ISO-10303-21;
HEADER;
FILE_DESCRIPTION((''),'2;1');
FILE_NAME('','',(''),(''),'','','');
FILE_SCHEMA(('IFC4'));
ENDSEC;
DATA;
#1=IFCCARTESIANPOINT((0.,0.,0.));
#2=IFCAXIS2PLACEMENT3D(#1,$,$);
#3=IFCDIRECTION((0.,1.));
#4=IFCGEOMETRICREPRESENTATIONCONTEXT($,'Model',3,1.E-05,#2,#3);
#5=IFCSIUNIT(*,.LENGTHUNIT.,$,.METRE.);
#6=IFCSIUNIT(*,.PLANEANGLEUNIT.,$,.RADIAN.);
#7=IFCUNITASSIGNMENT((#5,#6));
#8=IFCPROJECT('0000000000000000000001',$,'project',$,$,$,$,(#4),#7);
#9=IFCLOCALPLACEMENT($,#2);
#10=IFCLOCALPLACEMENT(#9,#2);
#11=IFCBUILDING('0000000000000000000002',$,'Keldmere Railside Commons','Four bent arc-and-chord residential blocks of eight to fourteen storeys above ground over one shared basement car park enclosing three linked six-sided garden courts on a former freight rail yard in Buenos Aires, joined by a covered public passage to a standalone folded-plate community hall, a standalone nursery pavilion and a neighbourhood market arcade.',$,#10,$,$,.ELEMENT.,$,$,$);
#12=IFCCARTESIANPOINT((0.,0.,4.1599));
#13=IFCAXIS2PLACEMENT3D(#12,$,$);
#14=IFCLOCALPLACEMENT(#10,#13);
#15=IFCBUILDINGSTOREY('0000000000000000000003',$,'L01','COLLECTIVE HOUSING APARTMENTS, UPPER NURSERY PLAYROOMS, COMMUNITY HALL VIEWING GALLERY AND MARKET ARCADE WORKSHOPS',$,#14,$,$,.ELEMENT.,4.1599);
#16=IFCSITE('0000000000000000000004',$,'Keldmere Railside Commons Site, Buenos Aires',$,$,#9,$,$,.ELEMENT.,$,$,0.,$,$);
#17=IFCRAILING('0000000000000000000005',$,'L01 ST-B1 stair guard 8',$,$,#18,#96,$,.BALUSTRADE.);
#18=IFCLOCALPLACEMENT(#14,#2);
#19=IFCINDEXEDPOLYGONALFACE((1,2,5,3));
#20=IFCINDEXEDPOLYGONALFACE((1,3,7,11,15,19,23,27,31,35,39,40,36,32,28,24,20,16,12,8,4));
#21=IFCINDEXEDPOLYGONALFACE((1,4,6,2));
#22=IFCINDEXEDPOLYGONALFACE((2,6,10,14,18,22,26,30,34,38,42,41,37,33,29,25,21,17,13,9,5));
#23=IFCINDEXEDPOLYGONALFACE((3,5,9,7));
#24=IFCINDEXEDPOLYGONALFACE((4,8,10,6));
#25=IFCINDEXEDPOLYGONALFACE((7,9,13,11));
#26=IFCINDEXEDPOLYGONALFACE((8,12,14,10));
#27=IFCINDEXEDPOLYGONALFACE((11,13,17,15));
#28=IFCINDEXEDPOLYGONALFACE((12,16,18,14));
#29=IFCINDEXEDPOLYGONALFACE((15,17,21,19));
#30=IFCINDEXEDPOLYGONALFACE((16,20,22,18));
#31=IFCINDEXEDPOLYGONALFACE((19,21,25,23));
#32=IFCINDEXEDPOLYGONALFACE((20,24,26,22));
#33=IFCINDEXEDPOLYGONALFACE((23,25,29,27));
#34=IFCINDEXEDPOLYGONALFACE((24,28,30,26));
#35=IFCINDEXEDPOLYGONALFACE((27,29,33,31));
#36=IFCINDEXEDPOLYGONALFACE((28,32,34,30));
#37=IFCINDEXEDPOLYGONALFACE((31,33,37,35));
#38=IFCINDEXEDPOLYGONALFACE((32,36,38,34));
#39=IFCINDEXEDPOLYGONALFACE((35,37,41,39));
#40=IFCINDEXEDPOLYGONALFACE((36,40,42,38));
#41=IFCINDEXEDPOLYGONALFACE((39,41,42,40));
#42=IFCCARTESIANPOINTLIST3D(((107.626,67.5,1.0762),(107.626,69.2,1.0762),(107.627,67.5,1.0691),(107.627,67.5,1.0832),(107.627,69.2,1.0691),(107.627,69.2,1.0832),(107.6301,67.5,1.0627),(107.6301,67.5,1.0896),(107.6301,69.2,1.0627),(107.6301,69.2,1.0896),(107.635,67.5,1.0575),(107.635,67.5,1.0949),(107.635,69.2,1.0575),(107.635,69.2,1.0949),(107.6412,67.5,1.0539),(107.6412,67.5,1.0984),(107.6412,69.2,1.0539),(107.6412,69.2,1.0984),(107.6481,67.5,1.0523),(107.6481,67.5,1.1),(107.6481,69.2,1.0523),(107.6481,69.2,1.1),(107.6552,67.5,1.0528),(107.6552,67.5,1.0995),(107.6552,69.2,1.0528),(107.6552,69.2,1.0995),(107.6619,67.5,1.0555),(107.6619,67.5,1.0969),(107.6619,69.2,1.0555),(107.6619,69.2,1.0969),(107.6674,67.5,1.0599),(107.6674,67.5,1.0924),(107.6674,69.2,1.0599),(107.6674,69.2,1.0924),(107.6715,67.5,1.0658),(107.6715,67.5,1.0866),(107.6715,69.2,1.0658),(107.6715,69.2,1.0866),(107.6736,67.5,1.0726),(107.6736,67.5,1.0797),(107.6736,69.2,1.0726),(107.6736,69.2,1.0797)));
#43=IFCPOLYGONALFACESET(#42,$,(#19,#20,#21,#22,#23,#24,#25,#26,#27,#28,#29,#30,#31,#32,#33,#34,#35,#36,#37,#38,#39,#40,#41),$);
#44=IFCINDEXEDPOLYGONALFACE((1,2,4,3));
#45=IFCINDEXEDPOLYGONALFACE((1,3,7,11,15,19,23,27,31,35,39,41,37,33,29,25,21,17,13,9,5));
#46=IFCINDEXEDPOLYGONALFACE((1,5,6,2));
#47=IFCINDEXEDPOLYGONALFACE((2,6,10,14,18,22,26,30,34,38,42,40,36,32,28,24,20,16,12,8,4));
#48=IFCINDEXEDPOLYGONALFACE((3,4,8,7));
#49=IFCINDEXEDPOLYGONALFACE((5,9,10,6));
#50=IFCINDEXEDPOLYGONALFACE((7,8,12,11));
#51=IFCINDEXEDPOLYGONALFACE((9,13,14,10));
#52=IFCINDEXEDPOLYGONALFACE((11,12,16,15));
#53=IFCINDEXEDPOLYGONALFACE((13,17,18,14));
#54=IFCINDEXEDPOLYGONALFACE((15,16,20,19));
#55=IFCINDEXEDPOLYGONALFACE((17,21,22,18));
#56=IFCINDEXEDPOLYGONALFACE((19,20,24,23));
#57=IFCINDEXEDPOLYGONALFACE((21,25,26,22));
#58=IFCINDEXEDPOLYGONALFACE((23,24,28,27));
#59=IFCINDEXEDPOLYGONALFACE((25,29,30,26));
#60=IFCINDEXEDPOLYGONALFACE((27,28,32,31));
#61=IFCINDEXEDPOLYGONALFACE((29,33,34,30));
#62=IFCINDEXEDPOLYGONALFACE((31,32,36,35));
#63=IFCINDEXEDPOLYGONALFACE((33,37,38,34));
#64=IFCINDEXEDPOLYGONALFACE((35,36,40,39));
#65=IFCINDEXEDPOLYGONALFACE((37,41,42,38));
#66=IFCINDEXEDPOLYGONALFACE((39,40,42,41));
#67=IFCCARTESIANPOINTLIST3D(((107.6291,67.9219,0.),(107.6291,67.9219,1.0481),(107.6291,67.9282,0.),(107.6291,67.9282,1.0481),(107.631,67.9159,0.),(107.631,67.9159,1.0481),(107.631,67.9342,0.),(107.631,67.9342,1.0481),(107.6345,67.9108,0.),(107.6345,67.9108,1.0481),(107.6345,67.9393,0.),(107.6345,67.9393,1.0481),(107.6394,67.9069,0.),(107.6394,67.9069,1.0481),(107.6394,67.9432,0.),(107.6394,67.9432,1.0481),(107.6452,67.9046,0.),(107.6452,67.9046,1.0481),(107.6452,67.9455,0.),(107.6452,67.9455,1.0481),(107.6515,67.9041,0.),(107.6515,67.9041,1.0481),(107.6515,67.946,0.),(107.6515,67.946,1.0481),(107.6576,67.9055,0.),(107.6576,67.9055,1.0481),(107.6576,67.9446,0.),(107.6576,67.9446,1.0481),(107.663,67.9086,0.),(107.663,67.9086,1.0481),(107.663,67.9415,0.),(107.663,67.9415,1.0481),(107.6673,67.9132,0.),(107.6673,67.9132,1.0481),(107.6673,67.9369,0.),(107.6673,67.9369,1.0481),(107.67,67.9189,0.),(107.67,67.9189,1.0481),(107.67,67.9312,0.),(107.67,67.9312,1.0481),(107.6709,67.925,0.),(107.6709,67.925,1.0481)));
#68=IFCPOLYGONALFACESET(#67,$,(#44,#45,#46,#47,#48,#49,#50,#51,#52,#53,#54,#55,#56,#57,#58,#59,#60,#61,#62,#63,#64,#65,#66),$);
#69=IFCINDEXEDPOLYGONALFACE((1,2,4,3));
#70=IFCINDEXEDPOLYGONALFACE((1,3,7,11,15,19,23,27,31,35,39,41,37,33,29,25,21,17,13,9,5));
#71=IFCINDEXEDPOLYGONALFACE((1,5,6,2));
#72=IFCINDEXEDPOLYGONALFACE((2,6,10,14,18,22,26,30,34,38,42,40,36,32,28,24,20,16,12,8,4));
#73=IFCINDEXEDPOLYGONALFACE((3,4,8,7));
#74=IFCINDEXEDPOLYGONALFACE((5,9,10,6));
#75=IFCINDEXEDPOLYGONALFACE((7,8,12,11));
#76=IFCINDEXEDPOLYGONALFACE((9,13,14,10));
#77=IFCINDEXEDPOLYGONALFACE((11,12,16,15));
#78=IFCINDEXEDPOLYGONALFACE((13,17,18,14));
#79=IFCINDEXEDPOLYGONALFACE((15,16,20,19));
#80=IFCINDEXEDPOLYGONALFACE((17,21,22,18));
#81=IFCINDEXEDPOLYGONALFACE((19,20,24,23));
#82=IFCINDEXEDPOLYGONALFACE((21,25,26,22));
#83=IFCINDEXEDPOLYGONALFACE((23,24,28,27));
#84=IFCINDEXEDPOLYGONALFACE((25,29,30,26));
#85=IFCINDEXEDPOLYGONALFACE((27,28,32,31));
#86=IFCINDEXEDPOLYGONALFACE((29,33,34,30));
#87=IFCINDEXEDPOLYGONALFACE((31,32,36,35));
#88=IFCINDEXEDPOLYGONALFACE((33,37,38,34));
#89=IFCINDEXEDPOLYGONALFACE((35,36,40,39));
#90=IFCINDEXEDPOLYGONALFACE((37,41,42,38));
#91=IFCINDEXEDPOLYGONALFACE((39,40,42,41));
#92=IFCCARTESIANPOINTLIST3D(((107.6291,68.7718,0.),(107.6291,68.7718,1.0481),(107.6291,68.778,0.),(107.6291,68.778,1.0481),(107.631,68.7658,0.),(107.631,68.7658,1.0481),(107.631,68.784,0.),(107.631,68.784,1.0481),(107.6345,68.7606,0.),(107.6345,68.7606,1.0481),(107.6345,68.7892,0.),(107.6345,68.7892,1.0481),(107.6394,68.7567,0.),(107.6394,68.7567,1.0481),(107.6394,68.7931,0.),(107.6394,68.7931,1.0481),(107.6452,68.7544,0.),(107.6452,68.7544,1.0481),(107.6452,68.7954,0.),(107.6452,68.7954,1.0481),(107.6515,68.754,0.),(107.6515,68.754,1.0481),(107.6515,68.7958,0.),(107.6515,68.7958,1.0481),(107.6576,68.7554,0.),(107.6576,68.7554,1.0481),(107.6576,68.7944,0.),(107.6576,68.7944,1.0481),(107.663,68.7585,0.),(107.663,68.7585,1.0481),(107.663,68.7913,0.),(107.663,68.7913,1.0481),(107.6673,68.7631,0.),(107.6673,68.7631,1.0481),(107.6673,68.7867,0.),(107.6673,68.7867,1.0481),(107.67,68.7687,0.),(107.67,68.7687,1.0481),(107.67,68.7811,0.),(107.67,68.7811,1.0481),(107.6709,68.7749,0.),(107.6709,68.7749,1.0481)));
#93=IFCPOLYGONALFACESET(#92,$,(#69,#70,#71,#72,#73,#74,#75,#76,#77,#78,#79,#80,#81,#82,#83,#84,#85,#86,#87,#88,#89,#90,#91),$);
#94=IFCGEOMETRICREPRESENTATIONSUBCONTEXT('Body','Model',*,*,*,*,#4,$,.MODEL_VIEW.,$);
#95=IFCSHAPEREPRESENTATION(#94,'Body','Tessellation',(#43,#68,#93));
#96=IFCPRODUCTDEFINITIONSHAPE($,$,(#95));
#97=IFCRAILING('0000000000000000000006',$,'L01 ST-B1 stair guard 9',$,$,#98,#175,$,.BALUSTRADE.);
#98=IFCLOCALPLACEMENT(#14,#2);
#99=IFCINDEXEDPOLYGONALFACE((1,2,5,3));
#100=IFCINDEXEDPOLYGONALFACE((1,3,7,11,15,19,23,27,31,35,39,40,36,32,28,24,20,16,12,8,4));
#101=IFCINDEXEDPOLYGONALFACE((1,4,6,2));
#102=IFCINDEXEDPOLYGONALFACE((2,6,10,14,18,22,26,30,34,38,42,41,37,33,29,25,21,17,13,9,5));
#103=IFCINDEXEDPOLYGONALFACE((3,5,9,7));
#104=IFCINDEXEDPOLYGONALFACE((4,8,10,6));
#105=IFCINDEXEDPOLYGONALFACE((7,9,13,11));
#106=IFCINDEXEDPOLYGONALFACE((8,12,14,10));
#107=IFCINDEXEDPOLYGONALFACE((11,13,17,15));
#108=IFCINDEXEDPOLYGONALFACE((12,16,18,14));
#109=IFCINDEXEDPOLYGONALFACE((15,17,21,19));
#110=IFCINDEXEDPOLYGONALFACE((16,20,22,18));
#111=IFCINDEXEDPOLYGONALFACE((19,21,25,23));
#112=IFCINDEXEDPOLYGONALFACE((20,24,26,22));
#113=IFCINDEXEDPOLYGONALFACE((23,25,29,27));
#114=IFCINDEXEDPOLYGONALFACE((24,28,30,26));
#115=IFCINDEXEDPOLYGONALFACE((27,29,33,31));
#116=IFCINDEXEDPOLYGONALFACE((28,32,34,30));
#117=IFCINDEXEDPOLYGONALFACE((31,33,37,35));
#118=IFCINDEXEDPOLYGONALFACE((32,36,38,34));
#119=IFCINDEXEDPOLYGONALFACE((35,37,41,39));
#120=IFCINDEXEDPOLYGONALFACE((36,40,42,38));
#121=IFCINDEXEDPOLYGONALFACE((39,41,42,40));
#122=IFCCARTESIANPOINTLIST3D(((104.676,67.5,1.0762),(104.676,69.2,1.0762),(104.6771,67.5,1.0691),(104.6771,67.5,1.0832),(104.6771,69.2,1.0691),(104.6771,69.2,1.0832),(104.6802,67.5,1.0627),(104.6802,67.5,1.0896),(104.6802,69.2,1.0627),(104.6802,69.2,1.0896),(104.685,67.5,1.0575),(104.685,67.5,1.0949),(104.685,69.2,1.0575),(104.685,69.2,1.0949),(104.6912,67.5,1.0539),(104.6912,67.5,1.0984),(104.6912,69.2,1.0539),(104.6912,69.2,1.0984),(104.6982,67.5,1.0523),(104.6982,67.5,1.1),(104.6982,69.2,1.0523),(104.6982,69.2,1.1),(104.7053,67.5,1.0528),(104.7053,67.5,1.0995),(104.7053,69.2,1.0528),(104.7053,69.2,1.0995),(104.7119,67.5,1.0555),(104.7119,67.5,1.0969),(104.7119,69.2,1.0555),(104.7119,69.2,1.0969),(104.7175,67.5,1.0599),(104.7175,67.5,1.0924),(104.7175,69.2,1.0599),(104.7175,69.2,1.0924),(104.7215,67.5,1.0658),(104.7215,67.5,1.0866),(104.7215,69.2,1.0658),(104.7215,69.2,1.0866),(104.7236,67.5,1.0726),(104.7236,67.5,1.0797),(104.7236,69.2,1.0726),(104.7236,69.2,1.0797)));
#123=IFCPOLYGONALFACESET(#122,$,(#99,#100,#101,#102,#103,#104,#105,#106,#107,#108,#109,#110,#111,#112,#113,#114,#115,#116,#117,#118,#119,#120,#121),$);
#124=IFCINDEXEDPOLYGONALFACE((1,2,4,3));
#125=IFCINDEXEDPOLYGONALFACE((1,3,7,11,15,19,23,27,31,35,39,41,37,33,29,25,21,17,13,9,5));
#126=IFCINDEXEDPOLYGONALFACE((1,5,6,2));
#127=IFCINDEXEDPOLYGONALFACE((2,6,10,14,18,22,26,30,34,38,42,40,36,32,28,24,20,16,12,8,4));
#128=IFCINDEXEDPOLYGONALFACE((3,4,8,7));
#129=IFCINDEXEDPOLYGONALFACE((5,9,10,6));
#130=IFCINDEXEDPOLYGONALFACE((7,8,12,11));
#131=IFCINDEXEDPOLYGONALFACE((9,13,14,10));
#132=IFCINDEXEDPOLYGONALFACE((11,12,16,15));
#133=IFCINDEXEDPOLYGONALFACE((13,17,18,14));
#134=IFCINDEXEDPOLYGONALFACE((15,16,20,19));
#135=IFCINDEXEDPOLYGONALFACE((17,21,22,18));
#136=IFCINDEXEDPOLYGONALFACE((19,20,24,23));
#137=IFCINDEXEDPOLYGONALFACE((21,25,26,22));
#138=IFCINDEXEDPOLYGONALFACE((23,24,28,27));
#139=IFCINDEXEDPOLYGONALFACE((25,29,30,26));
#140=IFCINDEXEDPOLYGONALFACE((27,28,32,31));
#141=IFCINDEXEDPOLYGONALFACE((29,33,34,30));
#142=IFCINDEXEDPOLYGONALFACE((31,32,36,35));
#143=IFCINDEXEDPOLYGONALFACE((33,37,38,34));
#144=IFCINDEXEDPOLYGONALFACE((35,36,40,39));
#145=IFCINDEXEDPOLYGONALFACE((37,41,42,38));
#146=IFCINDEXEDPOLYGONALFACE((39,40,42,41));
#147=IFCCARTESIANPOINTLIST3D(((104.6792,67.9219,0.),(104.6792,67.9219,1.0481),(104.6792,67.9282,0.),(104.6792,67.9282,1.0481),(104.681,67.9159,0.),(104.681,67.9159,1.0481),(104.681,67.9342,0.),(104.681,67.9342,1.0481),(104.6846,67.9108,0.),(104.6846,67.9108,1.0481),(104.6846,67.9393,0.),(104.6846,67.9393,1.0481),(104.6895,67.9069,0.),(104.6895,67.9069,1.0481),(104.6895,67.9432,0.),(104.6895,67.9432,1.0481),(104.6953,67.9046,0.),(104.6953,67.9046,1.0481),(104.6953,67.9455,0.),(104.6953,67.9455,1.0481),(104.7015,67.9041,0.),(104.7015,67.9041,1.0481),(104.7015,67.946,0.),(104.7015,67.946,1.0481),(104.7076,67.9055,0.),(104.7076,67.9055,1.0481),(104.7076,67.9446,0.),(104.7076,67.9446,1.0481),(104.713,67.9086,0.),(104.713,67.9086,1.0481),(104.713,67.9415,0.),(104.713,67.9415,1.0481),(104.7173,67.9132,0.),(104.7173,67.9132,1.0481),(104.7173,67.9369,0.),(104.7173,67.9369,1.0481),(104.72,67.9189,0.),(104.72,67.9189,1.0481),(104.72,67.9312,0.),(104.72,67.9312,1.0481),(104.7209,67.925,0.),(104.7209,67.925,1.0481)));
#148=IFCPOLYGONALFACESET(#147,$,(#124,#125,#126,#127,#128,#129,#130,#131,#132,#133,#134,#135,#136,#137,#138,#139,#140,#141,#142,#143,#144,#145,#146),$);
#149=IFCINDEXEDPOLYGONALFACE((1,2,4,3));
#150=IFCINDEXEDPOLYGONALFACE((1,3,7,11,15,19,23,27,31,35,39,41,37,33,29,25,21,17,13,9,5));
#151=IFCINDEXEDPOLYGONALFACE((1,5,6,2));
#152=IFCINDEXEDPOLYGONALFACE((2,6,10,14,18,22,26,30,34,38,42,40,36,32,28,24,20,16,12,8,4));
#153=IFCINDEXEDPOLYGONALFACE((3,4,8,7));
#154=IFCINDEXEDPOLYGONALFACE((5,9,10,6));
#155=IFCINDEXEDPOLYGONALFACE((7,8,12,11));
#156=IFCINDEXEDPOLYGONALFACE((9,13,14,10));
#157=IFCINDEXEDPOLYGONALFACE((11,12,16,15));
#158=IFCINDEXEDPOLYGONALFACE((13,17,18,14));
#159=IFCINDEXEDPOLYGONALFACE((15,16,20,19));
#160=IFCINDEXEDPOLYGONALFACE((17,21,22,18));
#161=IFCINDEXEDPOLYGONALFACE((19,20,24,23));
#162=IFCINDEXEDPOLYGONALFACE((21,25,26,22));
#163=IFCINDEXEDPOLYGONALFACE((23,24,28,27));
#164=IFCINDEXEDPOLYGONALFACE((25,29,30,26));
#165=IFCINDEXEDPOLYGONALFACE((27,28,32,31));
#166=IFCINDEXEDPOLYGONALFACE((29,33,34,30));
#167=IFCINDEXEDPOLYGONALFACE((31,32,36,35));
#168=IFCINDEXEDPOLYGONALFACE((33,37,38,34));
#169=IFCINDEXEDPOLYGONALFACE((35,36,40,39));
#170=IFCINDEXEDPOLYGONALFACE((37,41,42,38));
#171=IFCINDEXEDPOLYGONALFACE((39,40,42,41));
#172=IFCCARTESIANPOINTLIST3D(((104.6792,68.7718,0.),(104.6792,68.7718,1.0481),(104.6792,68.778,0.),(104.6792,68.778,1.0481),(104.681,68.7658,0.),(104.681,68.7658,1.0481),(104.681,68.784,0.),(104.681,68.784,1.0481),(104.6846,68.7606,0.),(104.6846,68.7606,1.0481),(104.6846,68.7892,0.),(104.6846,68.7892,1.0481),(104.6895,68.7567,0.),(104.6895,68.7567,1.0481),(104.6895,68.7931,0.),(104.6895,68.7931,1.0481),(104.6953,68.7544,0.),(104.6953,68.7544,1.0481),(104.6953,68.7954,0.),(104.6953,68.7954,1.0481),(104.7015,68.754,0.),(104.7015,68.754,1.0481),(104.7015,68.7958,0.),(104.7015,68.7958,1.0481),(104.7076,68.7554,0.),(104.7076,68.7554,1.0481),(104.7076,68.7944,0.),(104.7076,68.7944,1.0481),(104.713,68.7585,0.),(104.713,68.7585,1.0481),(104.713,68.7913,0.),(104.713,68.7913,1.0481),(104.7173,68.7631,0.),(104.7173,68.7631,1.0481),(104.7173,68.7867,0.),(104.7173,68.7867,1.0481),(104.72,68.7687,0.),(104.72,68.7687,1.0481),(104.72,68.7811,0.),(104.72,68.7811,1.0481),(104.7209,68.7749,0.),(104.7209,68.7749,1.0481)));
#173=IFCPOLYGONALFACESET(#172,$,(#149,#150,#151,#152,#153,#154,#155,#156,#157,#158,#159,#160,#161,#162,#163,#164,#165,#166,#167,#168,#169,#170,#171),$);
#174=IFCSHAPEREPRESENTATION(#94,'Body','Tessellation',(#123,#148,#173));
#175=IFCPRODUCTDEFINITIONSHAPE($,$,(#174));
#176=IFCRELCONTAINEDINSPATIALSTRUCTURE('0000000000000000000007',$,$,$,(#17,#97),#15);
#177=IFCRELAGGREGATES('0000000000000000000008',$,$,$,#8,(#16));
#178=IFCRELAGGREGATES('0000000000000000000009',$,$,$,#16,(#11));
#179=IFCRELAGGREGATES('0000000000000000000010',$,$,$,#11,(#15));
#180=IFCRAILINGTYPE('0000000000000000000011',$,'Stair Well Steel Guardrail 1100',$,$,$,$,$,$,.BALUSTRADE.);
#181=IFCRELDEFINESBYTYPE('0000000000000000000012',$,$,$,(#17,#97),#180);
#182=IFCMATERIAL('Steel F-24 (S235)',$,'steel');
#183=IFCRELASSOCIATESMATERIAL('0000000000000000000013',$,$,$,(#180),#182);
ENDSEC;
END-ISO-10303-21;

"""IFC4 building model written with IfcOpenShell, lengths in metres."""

from ifc_helpers import new_model, si_unit, direction, frame, origin, origin_2d, place, context, subcontext, project, spatial, circle, extrude, material, type_object, element, save


model = new_model("IFC4")

# Units and contexts
model_context = context("Model", 3, precision=1e-05, world=origin(), true_north=direction((0.0, 1.0)))
body_context = subcontext(model_context, "Body", "Model", "MODEL_VIEW")
ifc_project = project(units=[si_unit("LENGTHUNIT", "METRE"), si_unit("PLANEANGLEUNIT", "RADIAN")], contexts=[model_context])

# Site, building, storey
site_placement = place(None, origin())
site = spatial("IfcSite", under=ifc_project, at=site_placement, Name="Keldmere Railside Commons Site, Buenos Aires", CompositionType="ELEMENT", RefElevation=0.0)
building_placement = place(site_placement, origin())
building = spatial("IfcBuilding", under=site, at=building_placement, Name="Keldmere Railside Commons", Description="Four bent arc-and-chord residential blocks of eight to fourteen storeys above ground over one shared basement car park enclosing three linked six-sided garden courts on a former freight rail yard in Buenos Aires, joined by a covered public passage to a standalone folded-plate community hall, a standalone nursery pavilion and a neighbourhood market arcade.", CompositionType="ELEMENT")
storey_placement = place(building_placement, frame((0.0, 0.0, 4.1599)))
storey = spatial("IfcBuildingStorey", under=building, at=storey_placement, Name="L01", Description="COLLECTIVE HOUSING APARTMENTS, UPPER NURSERY PLAYROOMS, COMMUNITY HALL VIEWING GALLERY AND MARKET ARCADE WORKSHOPS", CompositionType="ELEMENT", Elevation=4.1599)

# Railings
ifc_material_1 = material(Name="Steel F-24 (S235)", Category="steel")
railing_type_1 = type_object("IfcRailingType", Name="Stair Well Steel Guardrail 1100", PredefinedType="BALUSTRADE", material=ifc_material_1)
for number, where, name in (
    (1, (107.6499, 67.5, 0.0), "L01 ST-B1 stair guard 8"),
    (2, (104.7, 67.5, 0.0), "L01 ST-B1 stair guard 9"),
):
    element("IfcRailing", number, at=place(storey_placement, frame(where)), inside=storey, type_object=railing_type_1, Name=name, PredefinedType="BALUSTRADE", context=body_context, shape_type="SweptSolid", body=[
        extrude(circle(Radius=0.0239, at=origin_2d()), frame((0.0, 0.0, 1.0762), z_axis=(0.0, 1.0, 0.0), x_axis=(-1.0, 0.0, 0.0)), (0.0, 0.0, 1.0), 1.7),
        extrude(circle(Radius=0.021, at=origin_2d()), frame((0.0, 0.425, 0.0)), (0.0, 0.0, 1.0), 1.0481),
        extrude(circle(Radius=0.021, at=origin_2d()), frame((0.0, 1.2749, 0.0)), (0.0, 0.0, 1.0), 1.0481),
    ])

save(model, "model.ifc")
